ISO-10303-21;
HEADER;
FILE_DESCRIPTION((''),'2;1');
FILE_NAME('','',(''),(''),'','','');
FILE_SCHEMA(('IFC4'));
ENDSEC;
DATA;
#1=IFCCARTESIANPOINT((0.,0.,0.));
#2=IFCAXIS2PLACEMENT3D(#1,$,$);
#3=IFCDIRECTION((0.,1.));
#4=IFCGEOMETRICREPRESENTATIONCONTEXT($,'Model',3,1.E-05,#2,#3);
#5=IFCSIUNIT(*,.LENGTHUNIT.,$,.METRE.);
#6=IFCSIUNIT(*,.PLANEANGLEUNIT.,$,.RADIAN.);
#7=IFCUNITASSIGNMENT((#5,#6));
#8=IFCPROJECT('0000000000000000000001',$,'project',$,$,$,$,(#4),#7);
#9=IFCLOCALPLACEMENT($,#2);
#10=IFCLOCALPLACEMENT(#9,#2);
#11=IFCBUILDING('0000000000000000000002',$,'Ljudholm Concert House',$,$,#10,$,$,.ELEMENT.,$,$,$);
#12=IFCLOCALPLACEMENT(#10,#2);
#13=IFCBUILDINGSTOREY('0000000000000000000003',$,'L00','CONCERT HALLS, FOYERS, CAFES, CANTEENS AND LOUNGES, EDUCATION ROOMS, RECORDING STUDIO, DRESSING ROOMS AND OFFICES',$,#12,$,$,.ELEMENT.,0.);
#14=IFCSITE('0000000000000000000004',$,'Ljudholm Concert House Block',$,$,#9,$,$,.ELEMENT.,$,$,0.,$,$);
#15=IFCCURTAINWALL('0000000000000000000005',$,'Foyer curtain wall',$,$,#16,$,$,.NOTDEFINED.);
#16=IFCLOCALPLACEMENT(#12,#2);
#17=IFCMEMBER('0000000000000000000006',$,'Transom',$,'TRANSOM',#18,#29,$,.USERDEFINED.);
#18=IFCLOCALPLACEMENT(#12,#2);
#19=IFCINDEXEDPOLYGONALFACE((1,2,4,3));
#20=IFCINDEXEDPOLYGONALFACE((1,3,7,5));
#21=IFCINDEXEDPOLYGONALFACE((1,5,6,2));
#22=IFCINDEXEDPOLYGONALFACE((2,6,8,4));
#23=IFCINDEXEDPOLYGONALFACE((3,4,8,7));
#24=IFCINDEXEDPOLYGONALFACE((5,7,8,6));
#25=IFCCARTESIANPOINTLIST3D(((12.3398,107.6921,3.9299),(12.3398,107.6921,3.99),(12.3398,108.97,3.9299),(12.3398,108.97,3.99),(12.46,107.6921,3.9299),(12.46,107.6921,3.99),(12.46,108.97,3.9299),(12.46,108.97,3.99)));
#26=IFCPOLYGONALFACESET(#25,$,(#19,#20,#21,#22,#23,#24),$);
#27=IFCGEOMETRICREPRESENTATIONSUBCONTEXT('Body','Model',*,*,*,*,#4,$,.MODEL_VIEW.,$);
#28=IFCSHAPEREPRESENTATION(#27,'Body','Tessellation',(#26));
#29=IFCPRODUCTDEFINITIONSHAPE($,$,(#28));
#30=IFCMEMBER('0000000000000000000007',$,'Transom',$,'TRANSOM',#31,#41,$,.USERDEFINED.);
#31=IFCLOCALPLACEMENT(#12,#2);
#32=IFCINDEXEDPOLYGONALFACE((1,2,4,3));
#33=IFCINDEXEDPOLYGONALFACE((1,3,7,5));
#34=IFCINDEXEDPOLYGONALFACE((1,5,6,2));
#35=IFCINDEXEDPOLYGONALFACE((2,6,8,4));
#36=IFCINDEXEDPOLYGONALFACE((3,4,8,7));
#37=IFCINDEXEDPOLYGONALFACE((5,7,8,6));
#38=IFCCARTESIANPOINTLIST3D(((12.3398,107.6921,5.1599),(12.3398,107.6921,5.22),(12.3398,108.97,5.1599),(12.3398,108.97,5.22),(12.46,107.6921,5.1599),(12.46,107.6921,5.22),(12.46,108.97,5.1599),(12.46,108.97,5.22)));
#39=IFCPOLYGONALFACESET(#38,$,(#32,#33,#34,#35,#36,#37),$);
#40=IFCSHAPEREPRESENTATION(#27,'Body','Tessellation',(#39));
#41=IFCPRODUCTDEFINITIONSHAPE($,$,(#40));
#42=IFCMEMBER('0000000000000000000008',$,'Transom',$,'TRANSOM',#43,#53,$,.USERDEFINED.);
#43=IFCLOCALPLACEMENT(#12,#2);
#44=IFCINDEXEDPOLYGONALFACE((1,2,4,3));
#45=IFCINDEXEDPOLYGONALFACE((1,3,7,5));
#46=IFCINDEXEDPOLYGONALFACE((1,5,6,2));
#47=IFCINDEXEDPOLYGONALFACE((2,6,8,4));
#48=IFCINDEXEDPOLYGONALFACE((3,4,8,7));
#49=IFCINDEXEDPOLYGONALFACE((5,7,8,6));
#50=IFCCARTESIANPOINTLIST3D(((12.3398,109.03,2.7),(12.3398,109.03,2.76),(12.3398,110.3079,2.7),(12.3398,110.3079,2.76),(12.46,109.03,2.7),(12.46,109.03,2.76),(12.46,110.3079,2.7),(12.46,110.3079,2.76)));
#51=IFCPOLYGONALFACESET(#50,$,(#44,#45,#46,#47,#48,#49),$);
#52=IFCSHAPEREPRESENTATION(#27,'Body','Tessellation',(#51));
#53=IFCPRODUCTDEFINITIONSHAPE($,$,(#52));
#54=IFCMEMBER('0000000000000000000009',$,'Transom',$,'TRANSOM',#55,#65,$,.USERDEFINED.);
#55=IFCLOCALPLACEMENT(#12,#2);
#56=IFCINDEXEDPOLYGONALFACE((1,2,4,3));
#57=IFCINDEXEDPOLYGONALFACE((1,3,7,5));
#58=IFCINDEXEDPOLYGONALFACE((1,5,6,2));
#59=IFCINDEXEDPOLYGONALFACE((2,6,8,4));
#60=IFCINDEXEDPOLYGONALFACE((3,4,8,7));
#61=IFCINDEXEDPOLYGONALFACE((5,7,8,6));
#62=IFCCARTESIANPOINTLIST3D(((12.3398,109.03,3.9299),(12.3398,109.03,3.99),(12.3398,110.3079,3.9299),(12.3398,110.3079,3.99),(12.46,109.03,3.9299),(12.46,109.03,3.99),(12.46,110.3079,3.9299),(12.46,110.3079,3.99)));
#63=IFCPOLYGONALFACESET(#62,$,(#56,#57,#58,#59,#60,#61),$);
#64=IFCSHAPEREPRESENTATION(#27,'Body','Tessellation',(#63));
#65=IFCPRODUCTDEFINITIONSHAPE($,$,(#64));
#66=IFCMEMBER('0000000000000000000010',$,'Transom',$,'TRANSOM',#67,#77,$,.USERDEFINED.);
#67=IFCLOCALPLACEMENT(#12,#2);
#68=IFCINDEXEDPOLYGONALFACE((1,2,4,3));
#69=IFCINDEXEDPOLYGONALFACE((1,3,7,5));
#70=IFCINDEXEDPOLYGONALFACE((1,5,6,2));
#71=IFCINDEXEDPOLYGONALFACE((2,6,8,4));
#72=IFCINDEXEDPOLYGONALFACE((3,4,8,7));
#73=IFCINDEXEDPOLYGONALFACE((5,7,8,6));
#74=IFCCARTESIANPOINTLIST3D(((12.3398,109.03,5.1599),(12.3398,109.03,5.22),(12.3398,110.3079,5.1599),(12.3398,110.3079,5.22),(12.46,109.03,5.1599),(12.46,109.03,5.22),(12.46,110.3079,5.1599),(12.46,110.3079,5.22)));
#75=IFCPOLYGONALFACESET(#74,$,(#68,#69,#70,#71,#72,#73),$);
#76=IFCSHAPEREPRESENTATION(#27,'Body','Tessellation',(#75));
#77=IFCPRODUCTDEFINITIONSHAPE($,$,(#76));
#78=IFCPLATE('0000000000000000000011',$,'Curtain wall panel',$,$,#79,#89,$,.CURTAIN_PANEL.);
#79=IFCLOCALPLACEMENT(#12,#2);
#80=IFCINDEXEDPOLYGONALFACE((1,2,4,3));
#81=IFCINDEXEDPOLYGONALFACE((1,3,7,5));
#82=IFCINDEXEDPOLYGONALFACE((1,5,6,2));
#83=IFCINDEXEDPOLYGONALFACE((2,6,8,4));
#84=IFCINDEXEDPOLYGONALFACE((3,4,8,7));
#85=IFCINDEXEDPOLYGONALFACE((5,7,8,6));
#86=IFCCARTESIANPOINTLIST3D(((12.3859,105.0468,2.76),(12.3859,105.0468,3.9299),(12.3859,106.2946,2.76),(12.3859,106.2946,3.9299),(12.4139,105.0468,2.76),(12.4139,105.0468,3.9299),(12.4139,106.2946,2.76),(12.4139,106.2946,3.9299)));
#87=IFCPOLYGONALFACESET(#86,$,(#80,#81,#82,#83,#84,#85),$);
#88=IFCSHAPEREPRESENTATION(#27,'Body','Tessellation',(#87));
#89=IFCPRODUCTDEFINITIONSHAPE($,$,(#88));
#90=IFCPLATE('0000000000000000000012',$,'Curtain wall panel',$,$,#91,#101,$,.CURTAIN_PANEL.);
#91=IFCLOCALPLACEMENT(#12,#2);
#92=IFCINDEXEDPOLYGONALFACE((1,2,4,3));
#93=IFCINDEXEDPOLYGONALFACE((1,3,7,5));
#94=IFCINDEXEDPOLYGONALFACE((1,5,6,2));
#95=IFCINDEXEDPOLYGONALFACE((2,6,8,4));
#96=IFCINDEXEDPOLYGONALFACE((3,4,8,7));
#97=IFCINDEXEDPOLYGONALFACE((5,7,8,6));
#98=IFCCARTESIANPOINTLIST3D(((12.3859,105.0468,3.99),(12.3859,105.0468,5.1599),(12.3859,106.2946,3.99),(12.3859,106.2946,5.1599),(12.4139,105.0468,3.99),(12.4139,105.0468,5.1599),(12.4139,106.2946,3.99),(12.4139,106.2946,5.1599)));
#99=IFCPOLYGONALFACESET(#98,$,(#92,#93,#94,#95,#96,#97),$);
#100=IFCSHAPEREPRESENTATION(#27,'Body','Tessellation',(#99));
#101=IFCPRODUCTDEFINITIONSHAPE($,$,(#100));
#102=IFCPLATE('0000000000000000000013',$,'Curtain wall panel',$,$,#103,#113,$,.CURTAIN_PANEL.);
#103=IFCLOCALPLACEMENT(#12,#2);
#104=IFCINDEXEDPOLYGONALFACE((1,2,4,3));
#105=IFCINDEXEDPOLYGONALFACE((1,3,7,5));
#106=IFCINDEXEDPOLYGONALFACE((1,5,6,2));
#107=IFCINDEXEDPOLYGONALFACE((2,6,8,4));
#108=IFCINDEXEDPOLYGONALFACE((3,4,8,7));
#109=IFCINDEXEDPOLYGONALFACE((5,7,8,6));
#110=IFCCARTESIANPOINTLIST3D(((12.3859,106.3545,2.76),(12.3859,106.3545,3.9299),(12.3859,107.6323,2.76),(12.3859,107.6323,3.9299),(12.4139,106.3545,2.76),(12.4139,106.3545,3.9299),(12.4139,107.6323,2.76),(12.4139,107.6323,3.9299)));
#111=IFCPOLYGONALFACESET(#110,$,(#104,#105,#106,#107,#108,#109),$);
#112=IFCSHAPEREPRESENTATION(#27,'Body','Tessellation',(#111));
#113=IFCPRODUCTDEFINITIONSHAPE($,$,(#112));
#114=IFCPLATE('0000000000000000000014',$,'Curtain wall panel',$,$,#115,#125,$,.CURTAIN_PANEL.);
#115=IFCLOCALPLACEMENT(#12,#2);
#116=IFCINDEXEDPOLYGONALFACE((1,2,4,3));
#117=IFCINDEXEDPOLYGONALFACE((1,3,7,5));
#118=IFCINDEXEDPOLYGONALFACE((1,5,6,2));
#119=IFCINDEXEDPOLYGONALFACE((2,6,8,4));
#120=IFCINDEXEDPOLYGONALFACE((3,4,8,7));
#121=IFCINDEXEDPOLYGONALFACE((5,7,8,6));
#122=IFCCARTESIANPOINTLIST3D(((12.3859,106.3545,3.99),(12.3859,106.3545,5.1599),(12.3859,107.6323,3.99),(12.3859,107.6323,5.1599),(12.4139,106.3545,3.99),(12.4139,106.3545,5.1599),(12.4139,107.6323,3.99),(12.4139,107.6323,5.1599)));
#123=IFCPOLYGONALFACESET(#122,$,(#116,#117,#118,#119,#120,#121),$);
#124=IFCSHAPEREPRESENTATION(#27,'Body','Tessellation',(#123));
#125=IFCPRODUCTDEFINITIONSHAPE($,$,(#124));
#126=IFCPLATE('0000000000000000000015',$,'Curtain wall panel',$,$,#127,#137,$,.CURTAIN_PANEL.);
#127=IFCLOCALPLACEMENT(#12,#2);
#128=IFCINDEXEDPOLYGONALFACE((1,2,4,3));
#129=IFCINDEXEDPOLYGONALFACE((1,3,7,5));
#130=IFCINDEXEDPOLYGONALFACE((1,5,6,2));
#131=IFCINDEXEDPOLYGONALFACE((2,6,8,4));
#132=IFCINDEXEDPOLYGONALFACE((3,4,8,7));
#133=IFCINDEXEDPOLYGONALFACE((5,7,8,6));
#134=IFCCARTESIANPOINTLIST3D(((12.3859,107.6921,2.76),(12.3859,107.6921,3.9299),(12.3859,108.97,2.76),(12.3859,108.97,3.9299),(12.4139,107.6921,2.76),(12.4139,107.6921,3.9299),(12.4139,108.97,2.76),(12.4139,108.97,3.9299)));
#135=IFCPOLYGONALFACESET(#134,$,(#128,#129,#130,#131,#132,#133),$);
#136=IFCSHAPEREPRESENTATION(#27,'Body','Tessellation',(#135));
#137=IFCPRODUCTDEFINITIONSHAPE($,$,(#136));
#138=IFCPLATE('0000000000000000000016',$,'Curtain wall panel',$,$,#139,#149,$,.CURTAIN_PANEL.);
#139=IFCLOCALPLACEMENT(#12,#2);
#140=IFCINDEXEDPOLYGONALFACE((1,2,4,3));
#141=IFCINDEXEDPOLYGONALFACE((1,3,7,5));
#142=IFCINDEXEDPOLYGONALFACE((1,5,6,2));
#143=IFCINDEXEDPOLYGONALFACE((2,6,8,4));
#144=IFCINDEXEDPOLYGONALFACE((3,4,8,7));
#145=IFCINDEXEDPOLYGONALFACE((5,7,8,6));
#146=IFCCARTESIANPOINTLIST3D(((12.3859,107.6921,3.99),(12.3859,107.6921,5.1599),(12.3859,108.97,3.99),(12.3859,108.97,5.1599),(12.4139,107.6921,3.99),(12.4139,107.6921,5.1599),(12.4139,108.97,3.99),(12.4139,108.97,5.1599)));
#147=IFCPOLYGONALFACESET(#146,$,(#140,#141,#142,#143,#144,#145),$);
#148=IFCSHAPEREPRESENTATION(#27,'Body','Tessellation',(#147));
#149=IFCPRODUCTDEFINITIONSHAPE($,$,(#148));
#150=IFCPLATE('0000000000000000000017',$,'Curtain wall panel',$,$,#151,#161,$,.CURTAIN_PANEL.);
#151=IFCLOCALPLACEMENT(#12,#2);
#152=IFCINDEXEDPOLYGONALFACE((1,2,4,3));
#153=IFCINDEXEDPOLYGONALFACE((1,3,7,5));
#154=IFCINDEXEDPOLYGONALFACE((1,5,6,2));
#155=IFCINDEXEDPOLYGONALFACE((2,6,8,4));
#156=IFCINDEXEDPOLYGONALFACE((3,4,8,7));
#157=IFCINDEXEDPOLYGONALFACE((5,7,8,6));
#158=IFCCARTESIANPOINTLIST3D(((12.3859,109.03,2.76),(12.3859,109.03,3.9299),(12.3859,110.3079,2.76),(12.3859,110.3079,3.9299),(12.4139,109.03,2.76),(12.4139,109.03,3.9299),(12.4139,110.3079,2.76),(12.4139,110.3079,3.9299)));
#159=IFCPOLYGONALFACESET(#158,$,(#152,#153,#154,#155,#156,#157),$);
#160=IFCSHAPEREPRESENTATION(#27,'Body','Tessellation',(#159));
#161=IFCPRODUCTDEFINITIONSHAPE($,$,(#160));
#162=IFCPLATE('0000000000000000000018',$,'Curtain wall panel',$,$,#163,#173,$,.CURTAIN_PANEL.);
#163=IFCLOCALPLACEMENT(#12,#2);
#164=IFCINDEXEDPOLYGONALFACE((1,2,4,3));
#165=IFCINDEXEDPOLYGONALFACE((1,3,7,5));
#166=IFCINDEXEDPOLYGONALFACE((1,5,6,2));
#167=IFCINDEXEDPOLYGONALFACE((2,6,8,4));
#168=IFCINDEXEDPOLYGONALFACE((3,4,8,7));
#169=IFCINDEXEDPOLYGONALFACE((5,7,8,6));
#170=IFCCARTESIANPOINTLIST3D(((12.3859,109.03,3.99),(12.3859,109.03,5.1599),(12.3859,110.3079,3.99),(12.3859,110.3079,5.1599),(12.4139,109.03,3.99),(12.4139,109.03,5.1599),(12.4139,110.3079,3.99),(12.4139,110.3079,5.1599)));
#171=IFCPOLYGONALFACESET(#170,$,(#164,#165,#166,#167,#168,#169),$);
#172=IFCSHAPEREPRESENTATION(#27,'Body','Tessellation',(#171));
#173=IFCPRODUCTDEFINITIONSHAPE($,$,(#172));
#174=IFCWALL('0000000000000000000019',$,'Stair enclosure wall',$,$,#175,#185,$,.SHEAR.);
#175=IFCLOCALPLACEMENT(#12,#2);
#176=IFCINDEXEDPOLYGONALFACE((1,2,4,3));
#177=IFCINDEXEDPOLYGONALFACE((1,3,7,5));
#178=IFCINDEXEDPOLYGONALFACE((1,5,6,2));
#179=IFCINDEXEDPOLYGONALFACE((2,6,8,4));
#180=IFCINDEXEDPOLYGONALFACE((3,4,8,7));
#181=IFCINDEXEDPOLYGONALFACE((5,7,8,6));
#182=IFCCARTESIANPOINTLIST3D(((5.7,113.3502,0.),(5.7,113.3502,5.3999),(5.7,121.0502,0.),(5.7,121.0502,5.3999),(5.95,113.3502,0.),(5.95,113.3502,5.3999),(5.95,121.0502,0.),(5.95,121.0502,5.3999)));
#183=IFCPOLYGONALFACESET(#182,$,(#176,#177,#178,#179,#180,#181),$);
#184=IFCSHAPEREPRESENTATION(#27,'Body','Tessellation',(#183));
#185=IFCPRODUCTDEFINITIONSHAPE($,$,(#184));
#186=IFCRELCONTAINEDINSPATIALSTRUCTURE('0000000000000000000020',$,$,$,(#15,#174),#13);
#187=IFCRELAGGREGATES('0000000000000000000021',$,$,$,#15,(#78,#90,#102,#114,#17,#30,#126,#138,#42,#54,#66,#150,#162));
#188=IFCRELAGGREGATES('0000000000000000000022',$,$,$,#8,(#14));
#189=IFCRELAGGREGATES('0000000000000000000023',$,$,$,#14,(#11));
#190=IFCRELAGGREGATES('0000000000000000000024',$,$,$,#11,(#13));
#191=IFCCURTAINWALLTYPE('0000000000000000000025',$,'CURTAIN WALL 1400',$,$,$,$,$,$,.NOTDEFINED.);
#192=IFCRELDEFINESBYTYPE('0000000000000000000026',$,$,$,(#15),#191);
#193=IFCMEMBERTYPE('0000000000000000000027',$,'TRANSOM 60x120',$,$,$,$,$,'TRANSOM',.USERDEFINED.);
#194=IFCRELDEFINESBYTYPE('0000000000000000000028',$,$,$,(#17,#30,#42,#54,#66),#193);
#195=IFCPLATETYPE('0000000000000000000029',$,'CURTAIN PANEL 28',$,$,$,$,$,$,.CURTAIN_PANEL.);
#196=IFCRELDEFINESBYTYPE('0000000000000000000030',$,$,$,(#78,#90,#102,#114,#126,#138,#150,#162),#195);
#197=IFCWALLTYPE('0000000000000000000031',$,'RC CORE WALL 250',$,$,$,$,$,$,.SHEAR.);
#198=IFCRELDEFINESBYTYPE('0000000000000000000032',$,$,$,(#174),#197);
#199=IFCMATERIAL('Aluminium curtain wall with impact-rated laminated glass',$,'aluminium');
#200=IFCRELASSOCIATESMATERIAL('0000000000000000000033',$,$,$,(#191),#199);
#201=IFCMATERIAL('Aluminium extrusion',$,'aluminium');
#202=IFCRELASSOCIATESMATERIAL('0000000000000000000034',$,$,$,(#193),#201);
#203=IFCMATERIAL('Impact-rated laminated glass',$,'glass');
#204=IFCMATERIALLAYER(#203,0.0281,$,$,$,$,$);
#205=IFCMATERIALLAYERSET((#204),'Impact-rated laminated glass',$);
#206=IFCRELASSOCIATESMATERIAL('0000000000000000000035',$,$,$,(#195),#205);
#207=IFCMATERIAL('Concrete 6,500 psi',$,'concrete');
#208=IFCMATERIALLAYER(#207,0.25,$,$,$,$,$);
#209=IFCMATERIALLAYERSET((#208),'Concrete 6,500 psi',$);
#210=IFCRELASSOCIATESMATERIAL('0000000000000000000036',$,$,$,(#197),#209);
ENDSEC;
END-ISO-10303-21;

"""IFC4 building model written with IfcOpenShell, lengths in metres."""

from ifc_helpers import new_model, si_unit, direction, frame, frame_2d, origin, origin_2d, place, context, subcontext, project, spatial, rectangle, extrude, material, layer, layer_set, material_profile, profile_set, type_object, element, aggregate, save


model = new_model("IFC4")

# Units and contexts
model_context = context("Model", 3, precision=1e-05, world=origin(), true_north=direction((0.0, 1.0)))
body_context = subcontext(model_context, "Body", "Model", "MODEL_VIEW")
ifc_project = project(units=[si_unit("LENGTHUNIT", "METRE"), si_unit("PLANEANGLEUNIT", "RADIAN")], contexts=[model_context])

# Site, building, storey
site_placement = place(None, origin())
site = spatial("IfcSite", under=ifc_project, at=site_placement, Name="Ljudholm Concert House Block", CompositionType="ELEMENT", RefElevation=0.0)
building_placement = place(site_placement, origin())
building = spatial("IfcBuilding", under=site, at=building_placement, Name="Ljudholm Concert House", CompositionType="ELEMENT")
storey_placement = place(building_placement, origin())
storey = spatial("IfcBuildingStorey", under=building, at=storey_placement, Name="L00", Description="CONCERT HALLS, FOYERS, CAFES, CANTEENS AND LOUNGES, EDUCATION ROOMS, RECORDING STUDIO, DRESSING ROOMS AND OFFICES", CompositionType="ELEMENT", Elevation=0.0)

# Curtain wall, members, plates
ifc_material_1 = material(Name="Aluminium curtain wall with impact-rated laminated glass", Category="aluminium")
curtain_wall_type = type_object("IfcCurtainWallType", Name="CURTAIN WALL 1400", PredefinedType="NOTDEFINED", material=ifc_material_1)
curtain_wall_placement = place(storey_placement, origin())
curtain_wall = element("IfcCurtainWall", 1, at=curtain_wall_placement, inside=storey, type_object=curtain_wall_type, Name="Foyer curtain wall", PredefinedType="NOTDEFINED")
ifc_material_2 = material(Name="Aluminium extrusion", Category="aluminium")
ifc_material_profile_1 = material_profile(ifc_material_2, rectangle(XDim=0.1201, YDim=0.0601, at=origin_2d()), Name="TRANSOM 60x120")
ifc_profile_set_1 = profile_set([ifc_material_profile_1], Name="Aluminium extrusion")
member_type_1 = type_object("IfcMemberType", Name="TRANSOM 60x120", ElementType="TRANSOM", PredefinedType="USERDEFINED", material=ifc_profile_set_1)
member_1_placement = place(storey_placement, frame((12.3999, 107.6921, 3.96), z_axis=(0.0, 1.0, 0.0), x_axis=(-1.0, 0.0, 0.0)))
member_1 = element("IfcMember", 2, at=member_1_placement, type_object=member_type_1, Name="Transom", ObjectType="TRANSOM", PredefinedType="USERDEFINED", context=body_context, shape_type="SweptSolid", body=[
    extrude(rectangle(XDim=0.1201, YDim=0.0601, at=origin_2d()), origin(), (0.0, 0.0, 1.0), 1.2778),
])
member_2_placement = place(storey_placement, frame((12.3999, 107.6921, 5.1899), z_axis=(0.0, 1.0, 0.0), x_axis=(-1.0, 0.0, 0.0)))
member_2 = element("IfcMember", 3, at=member_2_placement, type_object=member_type_1, Name="Transom", ObjectType="TRANSOM", PredefinedType="USERDEFINED", context=body_context, shape_type="SweptSolid", body=[
    extrude(rectangle(XDim=0.1201, YDim=0.0601, at=origin_2d()), origin(), (0.0, 0.0, 1.0), 1.2778),
])
member_3_placement = place(storey_placement, frame((12.3999, 109.03, 2.73), z_axis=(0.0, 1.0, 0.0), x_axis=(-1.0, 0.0, 0.0)))
member_3 = element("IfcMember", 4, at=member_3_placement, type_object=member_type_1, Name="Transom", ObjectType="TRANSOM", PredefinedType="USERDEFINED", context=body_context, shape_type="SweptSolid", body=[
    extrude(rectangle(XDim=0.1201, YDim=0.0601, at=origin_2d()), origin(), (0.0, 0.0, 1.0), 1.2778),
])
member_4_placement = place(storey_placement, frame((12.3999, 109.03, 3.96), z_axis=(0.0, 1.0, 0.0), x_axis=(-1.0, 0.0, 0.0)))
member_4 = element("IfcMember", 5, at=member_4_placement, type_object=member_type_1, Name="Transom", ObjectType="TRANSOM", PredefinedType="USERDEFINED", context=body_context, shape_type="SweptSolid", body=[
    extrude(rectangle(XDim=0.1201, YDim=0.0601, at=origin_2d()), origin(), (0.0, 0.0, 1.0), 1.2778),
])
member_5_placement = place(storey_placement, frame((12.3999, 109.03, 5.1899), z_axis=(0.0, 1.0, 0.0), x_axis=(-1.0, 0.0, 0.0)))
member_5 = element("IfcMember", 6, at=member_5_placement, type_object=member_type_1, Name="Transom", ObjectType="TRANSOM", PredefinedType="USERDEFINED", context=body_context, shape_type="SweptSolid", body=[
    extrude(rectangle(XDim=0.1201, YDim=0.0601, at=origin_2d()), origin(), (0.0, 0.0, 1.0), 1.2778),
])
ifc_material_3 = material(Name="Impact-rated laminated glass", Category="glass")
ifc_layer_1 = layer(ifc_material_3, 0.0281)
ifc_layer_set_1 = layer_set([ifc_layer_1], Name="Impact-rated laminated glass")
plate_type = type_object("IfcPlateType", Name="CURTAIN PANEL 28", PredefinedType="CURTAIN_PANEL", material=ifc_layer_set_1)
plate_1_placement = place(storey_placement, frame((12.3999, 105.6707, 2.76), z_axis=(0.0, 0.0, 1.0), x_axis=(0.0, 1.0, 0.0)))
plate_1 = element("IfcPlate", 7, at=plate_1_placement, type_object=plate_type, Name="Curtain wall panel", PredefinedType="CURTAIN_PANEL", context=body_context, shape_type="SweptSolid", body=[
    extrude(rectangle(XDim=1.2478, YDim=0.0281, at=origin_2d()), origin(), (0.0, 0.0, 1.0), 1.1699),
])
plate_2_placement = place(storey_placement, frame((12.3999, 105.6707, 3.99), z_axis=(0.0, 0.0, 1.0), x_axis=(0.0, 1.0, 0.0)))
plate_2 = element("IfcPlate", 8, at=plate_2_placement, type_object=plate_type, Name="Curtain wall panel", PredefinedType="CURTAIN_PANEL", context=body_context, shape_type="SweptSolid", body=[
    extrude(rectangle(XDim=1.2478, YDim=0.0281, at=origin_2d()), origin(), (0.0, 0.0, 1.0), 1.1699),
])
plate_3_placement = place(storey_placement, frame((12.3999, 106.9934, 2.76), z_axis=(0.0, 0.0, 1.0), x_axis=(0.0, 1.0, 0.0)))
plate_3 = element("IfcPlate", 9, at=plate_3_placement, type_object=plate_type, Name="Curtain wall panel", PredefinedType="CURTAIN_PANEL", context=body_context, shape_type="SweptSolid", body=[
    extrude(rectangle(XDim=1.2778, YDim=0.0281, at=origin_2d()), origin(), (0.0, 0.0, 1.0), 1.1699),
])
plate_4_placement = place(storey_placement, frame((12.3999, 106.9934, 3.99), z_axis=(0.0, 0.0, 1.0), x_axis=(0.0, 1.0, 0.0)))
plate_4 = element("IfcPlate", 10, at=plate_4_placement, type_object=plate_type, Name="Curtain wall panel", PredefinedType="CURTAIN_PANEL", context=body_context, shape_type="SweptSolid", body=[
    extrude(rectangle(XDim=1.2778, YDim=0.0281, at=origin_2d()), origin(), (0.0, 0.0, 1.0), 1.1699),
])
plate_5_placement = place(storey_placement, frame((12.3999, 108.3311, 2.76), z_axis=(0.0, 0.0, 1.0), x_axis=(0.0, 1.0, 0.0)))
plate_5 = element("IfcPlate", 11, at=plate_5_placement, type_object=plate_type, Name="Curtain wall panel", PredefinedType="CURTAIN_PANEL", context=body_context, shape_type="SweptSolid", body=[
    extrude(rectangle(XDim=1.2778, YDim=0.0281, at=origin_2d()), origin(), (0.0, 0.0, 1.0), 1.1699),
])
plate_6_placement = place(storey_placement, frame((12.3999, 108.3311, 3.99), z_axis=(0.0, 0.0, 1.0), x_axis=(0.0, 1.0, 0.0)))
plate_6 = element("IfcPlate", 12, at=plate_6_placement, type_object=plate_type, Name="Curtain wall panel", PredefinedType="CURTAIN_PANEL", context=body_context, shape_type="SweptSolid", body=[
    extrude(rectangle(XDim=1.2778, YDim=0.0281, at=origin_2d()), origin(), (0.0, 0.0, 1.0), 1.1699),
])
plate_7_placement = place(storey_placement, frame((12.3999, 109.6689, 2.76), z_axis=(0.0, 0.0, 1.0), x_axis=(0.0, 1.0, 0.0)))
plate_7 = element("IfcPlate", 13, at=plate_7_placement, type_object=plate_type, Name="Curtain wall panel", PredefinedType="CURTAIN_PANEL", context=body_context, shape_type="SweptSolid", body=[
    extrude(rectangle(XDim=1.2778, YDim=0.0281, at=origin_2d()), origin(), (0.0, 0.0, 1.0), 1.1699),
])
plate_8_placement = place(storey_placement, frame((12.3999, 109.6689, 3.99), z_axis=(0.0, 0.0, 1.0), x_axis=(0.0, 1.0, 0.0)))
plate_8 = element("IfcPlate", 14, at=plate_8_placement, type_object=plate_type, Name="Curtain wall panel", PredefinedType="CURTAIN_PANEL", context=body_context, shape_type="SweptSolid", body=[
    extrude(rectangle(XDim=1.2778, YDim=0.0281, at=origin_2d()), origin(), (0.0, 0.0, 1.0), 1.1699),
])
aggregate(curtain_wall, [plate_1, plate_2, plate_3, plate_4, member_1, member_2, plate_5, plate_6, member_3, member_4, member_5, plate_7, plate_8])

# Wall
ifc_material_4 = material(Name="Concrete 6,500 psi", Category="concrete")
ifc_layer_2 = layer(ifc_material_4, 0.25)
ifc_layer_set_2 = layer_set([ifc_layer_2], Name="Concrete 6,500 psi")
wall_type_1 = type_object("IfcWallType", Name="RC CORE WALL 250", PredefinedType="SHEAR", material=ifc_layer_set_2)
wall_1_placement = place(storey_placement, frame((5.825, 113.3501, 0.0), z_axis=(0.0, 0.0, 1.0), x_axis=(0.0, 1.0, 0.0)))
element("IfcWall", 15, at=wall_1_placement, inside=storey, type_object=wall_type_1, Name="Stair enclosure wall", PredefinedType="SHEAR", context=body_context, shape_type="SweptSolid", body=[
    extrude(rectangle(XDim=7.7, YDim=0.25, at=frame_2d((3.8501, 0.0))), origin(), (0.0, 0.0, 1.0), 5.3999),
])

save(model, "model.ifc")
